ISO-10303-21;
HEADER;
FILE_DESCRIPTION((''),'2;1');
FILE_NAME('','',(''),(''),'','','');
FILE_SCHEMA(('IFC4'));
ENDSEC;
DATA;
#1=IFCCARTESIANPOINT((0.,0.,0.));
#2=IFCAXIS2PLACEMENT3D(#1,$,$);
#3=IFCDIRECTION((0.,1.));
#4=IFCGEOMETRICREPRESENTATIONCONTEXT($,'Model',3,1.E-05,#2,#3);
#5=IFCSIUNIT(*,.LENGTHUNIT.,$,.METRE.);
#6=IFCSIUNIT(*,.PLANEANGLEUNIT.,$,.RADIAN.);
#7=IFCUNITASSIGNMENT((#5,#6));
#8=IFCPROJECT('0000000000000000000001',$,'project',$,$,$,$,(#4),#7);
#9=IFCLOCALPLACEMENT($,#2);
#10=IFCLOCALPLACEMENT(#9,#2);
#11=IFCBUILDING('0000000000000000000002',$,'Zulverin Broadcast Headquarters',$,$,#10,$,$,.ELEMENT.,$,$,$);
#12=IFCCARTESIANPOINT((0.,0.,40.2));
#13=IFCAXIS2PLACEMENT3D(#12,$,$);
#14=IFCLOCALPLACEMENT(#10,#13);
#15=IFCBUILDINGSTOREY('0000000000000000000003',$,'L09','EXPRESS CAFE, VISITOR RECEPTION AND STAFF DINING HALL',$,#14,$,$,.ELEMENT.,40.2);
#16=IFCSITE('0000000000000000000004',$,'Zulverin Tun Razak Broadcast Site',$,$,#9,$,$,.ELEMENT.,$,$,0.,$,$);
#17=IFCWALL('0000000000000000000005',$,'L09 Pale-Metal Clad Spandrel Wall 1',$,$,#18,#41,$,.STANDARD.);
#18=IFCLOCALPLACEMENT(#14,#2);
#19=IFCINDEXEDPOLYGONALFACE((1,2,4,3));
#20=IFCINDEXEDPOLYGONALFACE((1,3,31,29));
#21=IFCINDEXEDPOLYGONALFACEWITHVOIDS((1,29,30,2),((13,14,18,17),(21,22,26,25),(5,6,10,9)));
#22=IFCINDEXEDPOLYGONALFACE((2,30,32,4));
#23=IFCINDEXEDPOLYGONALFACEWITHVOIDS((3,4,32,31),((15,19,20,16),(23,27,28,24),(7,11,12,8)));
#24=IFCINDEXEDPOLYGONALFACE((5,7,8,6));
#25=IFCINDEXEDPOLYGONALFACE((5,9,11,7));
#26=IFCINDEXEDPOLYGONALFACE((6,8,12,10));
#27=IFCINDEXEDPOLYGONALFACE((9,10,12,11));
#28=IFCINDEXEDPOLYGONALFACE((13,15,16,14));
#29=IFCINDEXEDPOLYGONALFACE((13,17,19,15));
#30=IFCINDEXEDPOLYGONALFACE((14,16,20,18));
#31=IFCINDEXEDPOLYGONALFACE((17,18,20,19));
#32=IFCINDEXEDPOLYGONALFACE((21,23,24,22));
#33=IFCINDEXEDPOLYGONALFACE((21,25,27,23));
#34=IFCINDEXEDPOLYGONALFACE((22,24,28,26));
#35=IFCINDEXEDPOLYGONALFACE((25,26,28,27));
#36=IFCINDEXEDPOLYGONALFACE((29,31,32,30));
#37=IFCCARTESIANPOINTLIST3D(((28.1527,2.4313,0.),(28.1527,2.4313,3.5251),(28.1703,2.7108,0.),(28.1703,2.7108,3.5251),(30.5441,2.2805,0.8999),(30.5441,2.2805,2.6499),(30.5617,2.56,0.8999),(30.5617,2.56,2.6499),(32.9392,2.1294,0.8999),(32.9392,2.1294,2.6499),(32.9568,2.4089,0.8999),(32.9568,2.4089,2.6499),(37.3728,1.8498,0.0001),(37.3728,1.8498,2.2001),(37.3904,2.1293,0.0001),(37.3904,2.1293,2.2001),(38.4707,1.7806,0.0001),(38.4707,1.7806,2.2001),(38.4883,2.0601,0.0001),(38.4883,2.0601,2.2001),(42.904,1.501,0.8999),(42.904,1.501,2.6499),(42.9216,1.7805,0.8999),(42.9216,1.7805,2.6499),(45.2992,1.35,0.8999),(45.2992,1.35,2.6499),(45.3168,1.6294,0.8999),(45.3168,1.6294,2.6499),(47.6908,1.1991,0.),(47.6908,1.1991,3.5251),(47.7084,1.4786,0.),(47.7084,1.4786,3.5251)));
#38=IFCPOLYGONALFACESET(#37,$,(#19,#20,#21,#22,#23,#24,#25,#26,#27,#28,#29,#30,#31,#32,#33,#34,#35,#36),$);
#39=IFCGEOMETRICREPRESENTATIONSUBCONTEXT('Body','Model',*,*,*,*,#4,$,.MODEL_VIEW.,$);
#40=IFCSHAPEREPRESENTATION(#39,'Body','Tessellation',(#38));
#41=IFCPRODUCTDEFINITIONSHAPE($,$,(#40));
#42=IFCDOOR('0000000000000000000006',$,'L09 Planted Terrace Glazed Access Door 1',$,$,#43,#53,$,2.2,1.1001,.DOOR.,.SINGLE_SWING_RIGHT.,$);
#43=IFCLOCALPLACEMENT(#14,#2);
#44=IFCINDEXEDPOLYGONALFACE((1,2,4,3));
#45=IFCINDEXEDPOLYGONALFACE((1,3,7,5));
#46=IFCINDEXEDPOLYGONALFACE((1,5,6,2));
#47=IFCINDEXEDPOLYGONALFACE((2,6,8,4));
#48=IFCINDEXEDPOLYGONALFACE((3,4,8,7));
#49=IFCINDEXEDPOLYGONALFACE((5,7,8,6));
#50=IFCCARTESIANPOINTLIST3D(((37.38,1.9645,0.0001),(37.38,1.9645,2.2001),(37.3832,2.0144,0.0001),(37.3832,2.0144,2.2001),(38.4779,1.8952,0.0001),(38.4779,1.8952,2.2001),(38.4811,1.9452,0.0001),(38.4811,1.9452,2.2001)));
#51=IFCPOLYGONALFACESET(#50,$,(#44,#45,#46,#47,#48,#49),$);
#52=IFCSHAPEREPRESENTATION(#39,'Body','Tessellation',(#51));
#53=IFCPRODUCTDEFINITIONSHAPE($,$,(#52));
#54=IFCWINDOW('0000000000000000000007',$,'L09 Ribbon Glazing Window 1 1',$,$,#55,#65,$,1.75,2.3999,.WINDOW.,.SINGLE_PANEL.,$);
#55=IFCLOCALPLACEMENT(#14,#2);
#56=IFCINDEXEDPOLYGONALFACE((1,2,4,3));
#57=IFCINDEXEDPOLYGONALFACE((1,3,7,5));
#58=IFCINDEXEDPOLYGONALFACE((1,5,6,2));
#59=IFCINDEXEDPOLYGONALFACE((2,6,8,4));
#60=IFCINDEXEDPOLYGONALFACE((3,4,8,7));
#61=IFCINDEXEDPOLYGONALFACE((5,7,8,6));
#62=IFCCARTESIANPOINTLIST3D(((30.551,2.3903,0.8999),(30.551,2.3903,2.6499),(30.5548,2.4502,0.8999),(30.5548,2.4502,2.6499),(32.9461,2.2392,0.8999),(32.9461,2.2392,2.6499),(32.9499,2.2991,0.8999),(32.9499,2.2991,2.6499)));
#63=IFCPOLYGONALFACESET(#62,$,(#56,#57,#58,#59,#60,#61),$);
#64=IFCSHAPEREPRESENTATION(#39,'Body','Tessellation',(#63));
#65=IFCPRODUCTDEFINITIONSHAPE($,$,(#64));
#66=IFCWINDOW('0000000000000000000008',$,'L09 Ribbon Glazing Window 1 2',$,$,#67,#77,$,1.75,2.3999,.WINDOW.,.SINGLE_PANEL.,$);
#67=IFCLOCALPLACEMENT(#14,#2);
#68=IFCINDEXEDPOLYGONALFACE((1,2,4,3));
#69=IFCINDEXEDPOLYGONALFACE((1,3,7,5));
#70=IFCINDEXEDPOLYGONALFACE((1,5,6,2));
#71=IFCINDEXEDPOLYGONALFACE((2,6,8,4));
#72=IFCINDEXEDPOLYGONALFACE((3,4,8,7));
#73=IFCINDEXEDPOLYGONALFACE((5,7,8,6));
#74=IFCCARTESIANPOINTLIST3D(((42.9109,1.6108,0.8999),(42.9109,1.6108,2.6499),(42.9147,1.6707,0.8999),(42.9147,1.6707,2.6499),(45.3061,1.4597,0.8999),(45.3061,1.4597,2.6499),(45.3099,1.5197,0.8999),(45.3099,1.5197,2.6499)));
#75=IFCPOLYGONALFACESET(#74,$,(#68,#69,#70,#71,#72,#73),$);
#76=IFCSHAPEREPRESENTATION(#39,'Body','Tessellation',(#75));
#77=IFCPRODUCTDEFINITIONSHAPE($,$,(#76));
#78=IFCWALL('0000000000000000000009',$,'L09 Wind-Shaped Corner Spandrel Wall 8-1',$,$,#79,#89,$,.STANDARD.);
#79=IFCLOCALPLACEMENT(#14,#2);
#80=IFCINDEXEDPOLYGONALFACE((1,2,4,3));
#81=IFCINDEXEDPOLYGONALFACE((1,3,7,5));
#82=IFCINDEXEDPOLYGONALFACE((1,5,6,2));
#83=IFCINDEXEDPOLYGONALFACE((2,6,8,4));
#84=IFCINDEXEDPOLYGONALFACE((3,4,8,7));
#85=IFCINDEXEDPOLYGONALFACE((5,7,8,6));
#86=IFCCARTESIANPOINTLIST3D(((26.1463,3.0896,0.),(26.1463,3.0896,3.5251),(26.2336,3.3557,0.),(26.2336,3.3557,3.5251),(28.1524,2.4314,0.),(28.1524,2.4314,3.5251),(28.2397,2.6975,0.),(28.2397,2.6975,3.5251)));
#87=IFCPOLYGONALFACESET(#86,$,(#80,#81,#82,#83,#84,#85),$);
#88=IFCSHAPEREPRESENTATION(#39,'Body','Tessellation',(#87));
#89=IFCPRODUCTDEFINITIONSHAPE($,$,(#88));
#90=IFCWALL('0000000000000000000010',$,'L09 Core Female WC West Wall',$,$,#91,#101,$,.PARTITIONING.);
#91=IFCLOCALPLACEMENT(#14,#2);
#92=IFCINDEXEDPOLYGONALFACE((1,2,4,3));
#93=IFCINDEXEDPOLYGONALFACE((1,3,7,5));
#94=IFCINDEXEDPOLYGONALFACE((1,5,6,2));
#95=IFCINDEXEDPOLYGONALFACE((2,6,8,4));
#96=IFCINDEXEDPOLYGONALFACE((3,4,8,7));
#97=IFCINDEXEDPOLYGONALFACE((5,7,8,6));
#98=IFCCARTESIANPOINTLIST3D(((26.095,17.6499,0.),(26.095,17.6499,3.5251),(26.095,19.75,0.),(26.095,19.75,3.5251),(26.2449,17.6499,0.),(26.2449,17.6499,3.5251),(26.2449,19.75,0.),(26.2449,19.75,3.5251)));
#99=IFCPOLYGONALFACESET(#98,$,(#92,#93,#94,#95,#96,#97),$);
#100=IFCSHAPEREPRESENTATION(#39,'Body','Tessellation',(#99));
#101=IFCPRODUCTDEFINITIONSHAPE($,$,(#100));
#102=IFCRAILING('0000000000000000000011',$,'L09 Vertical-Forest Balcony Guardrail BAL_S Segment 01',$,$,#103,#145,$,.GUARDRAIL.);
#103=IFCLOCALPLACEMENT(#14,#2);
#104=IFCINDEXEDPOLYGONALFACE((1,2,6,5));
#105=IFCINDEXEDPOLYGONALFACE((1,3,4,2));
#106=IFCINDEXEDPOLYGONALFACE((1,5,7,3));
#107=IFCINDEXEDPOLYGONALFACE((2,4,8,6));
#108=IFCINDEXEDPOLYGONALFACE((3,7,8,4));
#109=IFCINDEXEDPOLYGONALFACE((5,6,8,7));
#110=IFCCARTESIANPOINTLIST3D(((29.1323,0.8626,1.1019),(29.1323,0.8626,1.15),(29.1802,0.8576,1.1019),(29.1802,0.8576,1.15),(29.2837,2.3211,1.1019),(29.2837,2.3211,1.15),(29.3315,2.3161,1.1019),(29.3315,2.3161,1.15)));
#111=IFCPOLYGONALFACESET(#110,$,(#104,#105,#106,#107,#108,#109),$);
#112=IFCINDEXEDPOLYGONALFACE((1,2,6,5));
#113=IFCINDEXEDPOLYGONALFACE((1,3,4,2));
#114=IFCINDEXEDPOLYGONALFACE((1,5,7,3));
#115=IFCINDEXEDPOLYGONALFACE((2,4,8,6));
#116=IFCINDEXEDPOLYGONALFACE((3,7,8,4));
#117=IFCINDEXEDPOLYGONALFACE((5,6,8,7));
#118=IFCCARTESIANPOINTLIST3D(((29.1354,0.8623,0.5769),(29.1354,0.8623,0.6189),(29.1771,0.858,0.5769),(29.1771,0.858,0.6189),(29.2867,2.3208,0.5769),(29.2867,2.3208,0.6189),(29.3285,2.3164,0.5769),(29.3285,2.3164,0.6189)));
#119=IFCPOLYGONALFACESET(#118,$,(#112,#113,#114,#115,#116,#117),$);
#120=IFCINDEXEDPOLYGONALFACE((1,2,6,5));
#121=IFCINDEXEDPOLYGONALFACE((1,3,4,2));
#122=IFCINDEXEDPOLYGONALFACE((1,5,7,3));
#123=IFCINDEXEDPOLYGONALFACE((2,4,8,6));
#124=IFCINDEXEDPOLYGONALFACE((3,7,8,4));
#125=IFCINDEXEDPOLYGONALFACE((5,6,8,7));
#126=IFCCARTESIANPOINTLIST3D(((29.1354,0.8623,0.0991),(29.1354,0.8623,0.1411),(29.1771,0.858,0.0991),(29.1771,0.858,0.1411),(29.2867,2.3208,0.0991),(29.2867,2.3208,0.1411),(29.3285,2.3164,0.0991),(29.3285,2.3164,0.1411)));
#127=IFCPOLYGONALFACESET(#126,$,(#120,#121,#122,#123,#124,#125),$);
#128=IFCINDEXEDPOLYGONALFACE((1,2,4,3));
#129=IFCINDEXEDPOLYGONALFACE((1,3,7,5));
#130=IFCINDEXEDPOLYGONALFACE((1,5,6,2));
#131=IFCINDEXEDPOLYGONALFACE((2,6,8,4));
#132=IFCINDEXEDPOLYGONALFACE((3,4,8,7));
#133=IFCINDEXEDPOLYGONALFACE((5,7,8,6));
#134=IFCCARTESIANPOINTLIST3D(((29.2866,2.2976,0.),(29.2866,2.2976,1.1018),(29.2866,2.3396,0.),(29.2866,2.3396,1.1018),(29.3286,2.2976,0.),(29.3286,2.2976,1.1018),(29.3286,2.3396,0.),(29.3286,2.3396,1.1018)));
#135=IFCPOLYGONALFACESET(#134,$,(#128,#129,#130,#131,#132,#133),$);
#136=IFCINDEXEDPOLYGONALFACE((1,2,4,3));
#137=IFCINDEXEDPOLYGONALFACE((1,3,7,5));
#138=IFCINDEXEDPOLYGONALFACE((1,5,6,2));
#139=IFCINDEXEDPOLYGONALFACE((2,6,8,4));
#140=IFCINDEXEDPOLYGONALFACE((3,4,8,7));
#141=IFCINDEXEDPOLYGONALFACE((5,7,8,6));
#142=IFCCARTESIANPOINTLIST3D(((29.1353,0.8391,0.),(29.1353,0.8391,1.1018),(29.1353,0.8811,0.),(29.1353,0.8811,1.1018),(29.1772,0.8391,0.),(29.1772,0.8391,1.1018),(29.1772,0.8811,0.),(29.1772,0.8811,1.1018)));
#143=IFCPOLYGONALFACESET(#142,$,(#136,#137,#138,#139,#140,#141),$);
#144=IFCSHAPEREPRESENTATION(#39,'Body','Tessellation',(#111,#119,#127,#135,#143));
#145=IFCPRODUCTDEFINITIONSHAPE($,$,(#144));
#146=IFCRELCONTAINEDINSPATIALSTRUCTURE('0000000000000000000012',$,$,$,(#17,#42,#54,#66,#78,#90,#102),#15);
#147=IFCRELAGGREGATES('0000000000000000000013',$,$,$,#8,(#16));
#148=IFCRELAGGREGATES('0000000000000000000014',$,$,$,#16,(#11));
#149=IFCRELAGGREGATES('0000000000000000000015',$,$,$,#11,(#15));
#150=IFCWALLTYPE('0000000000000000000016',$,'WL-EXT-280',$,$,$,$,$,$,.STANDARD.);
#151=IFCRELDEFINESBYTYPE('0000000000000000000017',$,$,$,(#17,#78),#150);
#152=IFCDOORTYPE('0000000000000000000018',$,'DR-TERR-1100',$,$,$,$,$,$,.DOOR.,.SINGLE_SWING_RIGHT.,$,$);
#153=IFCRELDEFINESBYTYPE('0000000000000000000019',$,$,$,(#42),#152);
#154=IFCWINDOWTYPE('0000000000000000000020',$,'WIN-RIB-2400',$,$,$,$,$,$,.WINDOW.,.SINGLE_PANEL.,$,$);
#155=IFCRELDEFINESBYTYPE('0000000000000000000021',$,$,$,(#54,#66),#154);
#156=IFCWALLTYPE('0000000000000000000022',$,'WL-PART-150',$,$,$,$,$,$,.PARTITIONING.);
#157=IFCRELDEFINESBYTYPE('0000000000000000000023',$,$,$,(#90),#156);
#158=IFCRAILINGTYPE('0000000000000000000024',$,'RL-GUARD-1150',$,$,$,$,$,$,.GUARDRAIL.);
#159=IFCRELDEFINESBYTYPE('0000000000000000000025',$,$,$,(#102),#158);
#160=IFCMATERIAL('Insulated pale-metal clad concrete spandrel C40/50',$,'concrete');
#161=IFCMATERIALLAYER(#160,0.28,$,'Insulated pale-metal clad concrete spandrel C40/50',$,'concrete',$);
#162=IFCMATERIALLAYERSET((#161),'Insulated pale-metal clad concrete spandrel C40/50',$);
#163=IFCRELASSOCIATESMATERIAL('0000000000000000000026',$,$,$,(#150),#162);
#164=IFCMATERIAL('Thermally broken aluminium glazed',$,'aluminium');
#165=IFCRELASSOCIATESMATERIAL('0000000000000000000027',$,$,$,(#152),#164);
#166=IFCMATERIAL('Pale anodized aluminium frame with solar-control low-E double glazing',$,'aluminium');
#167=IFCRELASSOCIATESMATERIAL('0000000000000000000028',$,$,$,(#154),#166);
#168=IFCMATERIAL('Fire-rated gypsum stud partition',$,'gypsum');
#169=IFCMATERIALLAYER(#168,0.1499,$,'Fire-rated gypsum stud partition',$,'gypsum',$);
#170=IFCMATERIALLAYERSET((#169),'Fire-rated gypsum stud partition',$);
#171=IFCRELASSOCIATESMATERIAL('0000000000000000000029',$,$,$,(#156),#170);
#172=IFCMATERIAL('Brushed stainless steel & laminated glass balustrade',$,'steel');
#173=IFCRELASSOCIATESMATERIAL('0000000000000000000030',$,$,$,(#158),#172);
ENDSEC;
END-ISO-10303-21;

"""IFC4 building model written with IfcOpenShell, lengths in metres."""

from ifc_helpers import new_model, si_unit, direction, frame, frame_2d, origin, origin_2d, place, context, subcontext, project, spatial, rectangle, extrude, material, layer, layer_set, type_object, element, fill, save


model = new_model("IFC4")

# Units and contexts
model_context = context("Model", 3, precision=1e-05, world=origin(), true_north=direction((0.0, 1.0)))
body_context = subcontext(model_context, "Body", "Model", "MODEL_VIEW")
ifc_project = project(units=[si_unit("LENGTHUNIT", "METRE"), si_unit("PLANEANGLEUNIT", "RADIAN")], contexts=[model_context])

# Site, building, storey
site_placement = place(None, origin())
site = spatial("IfcSite", under=ifc_project, at=site_placement, Name="Zulverin Tun Razak Broadcast Site", CompositionType="ELEMENT", RefElevation=0.0)
building_placement = place(site_placement, origin())
building = spatial("IfcBuilding", under=site, at=building_placement, Name="Zulverin Broadcast Headquarters", CompositionType="ELEMENT")
storey_placement = place(building_placement, frame((0.0, 0.0, 40.2)))
storey = spatial("IfcBuildingStorey", under=building, at=storey_placement, Name="L09", Description="EXPRESS CAFE, VISITOR RECEPTION AND STAFF DINING HALL", CompositionType="ELEMENT", Elevation=40.2)

# Wall, openings, door, windows
ifc_material_1 = material(Name="Insulated pale-metal clad concrete spandrel C40/50", Category="concrete")
ifc_layer_1 = layer(ifc_material_1, 0.28, Name="Insulated pale-metal clad concrete spandrel C40/50", Category="concrete")
ifc_layer_set_1 = layer_set([ifc_layer_1], Name="Insulated pale-metal clad concrete spandrel C40/50")
wall_type_1 = type_object("IfcWallType", Name="WL-EXT-280", PredefinedType="STANDARD", material=ifc_layer_set_1)
wall_1_placement = place(storey_placement, frame((28.1614, 2.571, 0.0), z_axis=(0.0, 0.0, 1.0), x_axis=(0.998017, -0.06294, 0.0)))
wall_1 = element("IfcWall", 1, at=wall_1_placement, inside=storey, type_object=wall_type_1, Name="L09 Pale-Metal Clad Spandrel Wall 1", PredefinedType="STANDARD", context=body_context, shape_type="SweptSolid", body=[
    extrude(rectangle(XDim=19.5769, YDim=0.28, at=frame_2d((9.7886, 0.0))), origin(), (0.0, 0.0, 1.0), 3.5251),
])
opening_1_placement = place(wall_1_placement, frame((9.2385, 0.0, 0.0)))
opening_1 = element("IfcOpeningElement", 2, at=opening_1_placement, cuts=wall_1, PredefinedType="OPENING", context=body_context, shape_type="SweptSolid", body=[
    extrude(rectangle(XDim=1.1001, YDim=2.2, at=frame_2d((0.55, 1.1001))), frame((0.0, 0.1499, 0.0), z_axis=(0.0, -1.0, 0.0), x_axis=(1.0, 0.0, 0.0)), (0.0, 0.0, 1.0), 0.3),
])
opening_2_placement = place(wall_1_placement, frame((2.3962, 0.0, 0.8999)))
opening_2 = element("IfcOpeningElement", 3, at=opening_2_placement, cuts=wall_1, PredefinedType="OPENING", context=body_context, shape_type="SweptSolid", body=[
    extrude(rectangle(XDim=2.3999, YDim=1.75, at=frame_2d((1.2, 0.875))), frame((0.0, 0.1499, 0.0), z_axis=(0.0, -1.0, 0.0), x_axis=(1.0, 0.0, 0.0)), (0.0, 0.0, 1.0), 0.3),
])
opening_3_placement = place(wall_1_placement, frame((14.7808, 0.0, 0.8999)))
opening_3 = element("IfcOpeningElement", 4, at=opening_3_placement, cuts=wall_1, PredefinedType="OPENING", context=body_context, shape_type="SweptSolid", body=[
    extrude(rectangle(XDim=2.3999, YDim=1.75, at=frame_2d((1.2, 0.875))), frame((0.0, 0.1499, 0.0), z_axis=(0.0, -1.0, 0.0), x_axis=(1.0, 0.0, 0.0)), (0.0, 0.0, 1.0), 0.3),
])
ifc_material_2 = material(Name="Thermally broken aluminium glazed", Category="aluminium")
door_type = type_object("IfcDoorType", Name="DR-TERR-1100", OperationType="SINGLE_SWING_RIGHT", PredefinedType="DOOR", material=ifc_material_2)
door_placement = place(opening_1_placement, origin())
door = element("IfcDoor", 5, at=door_placement, inside=storey, type_object=door_type, Name="L09 Planted Terrace Glazed Access Door 1", OperationType="SINGLE_SWING_RIGHT", OverallHeight=2.2, OverallWidth=1.1001, PredefinedType="DOOR", context=body_context, shape_type="SweptSolid", body=[
    extrude(rectangle(XDim=1.1001, YDim=2.2, at=frame_2d((0.55, 1.1001))), frame((0.0, 0.0249, 0.0), z_axis=(0.0, -1.0, 0.0), x_axis=(1.0, 0.0, 0.0)), (0.0, 0.0, 1.0), 0.05),
])
fill(opening_1, door)
ifc_material_3 = material(Name="Pale anodized aluminium frame with solar-control low-E double glazing", Category="aluminium")
window_type = type_object("IfcWindowType", Name="WIN-RIB-2400", PartitioningType="SINGLE_PANEL", PredefinedType="WINDOW", material=ifc_material_3)
window_1_placement = place(opening_2_placement, origin())
window_1 = element("IfcWindow", 6, at=window_1_placement, inside=storey, type_object=window_type, Name="L09 Ribbon Glazing Window 1 1", OverallHeight=1.75, OverallWidth=2.3999, PartitioningType="SINGLE_PANEL", PredefinedType="WINDOW", context=body_context, shape_type="SweptSolid", body=[
    extrude(rectangle(XDim=2.3999, YDim=1.75, at=frame_2d((1.2, 0.875))), frame((0.0, 0.03, 0.0), z_axis=(0.0, -1.0, 0.0), x_axis=(1.0, 0.0, 0.0)), (0.0, 0.0, 1.0), 0.0601),
])
fill(opening_2, window_1)
window_2_placement = place(opening_3_placement, origin())
window_2 = element("IfcWindow", 7, at=window_2_placement, inside=storey, type_object=window_type, Name="L09 Ribbon Glazing Window 1 2", OverallHeight=1.75, OverallWidth=2.3999, PartitioningType="SINGLE_PANEL", PredefinedType="WINDOW", context=body_context, shape_type="SweptSolid", body=[
    extrude(rectangle(XDim=2.3999, YDim=1.75, at=frame_2d((1.2, 0.875))), frame((0.0, 0.03, 0.0), z_axis=(0.0, -1.0, 0.0), x_axis=(1.0, 0.0, 0.0)), (0.0, 0.0, 1.0), 0.0601),
])
fill(opening_3, window_2)

# Walls
wall_2_placement = place(storey_placement, frame((26.1899, 3.2227, 0.0), z_axis=(0.0, 0.0, 1.0), x_axis=(0.950164, -0.311749, 0.0)))
element("IfcWall", 8, at=wall_2_placement, inside=storey, type_object=wall_type_1, Name="L09 Wind-Shaped Corner Spandrel Wall 8-1", PredefinedType="STANDARD", context=body_context, shape_type="SweptSolid", body=[
    extrude(rectangle(XDim=2.1113, YDim=0.28, at=frame_2d((1.0557, 0.0))), origin(), (0.0, 0.0, 1.0), 3.5251),
])
ifc_material_4 = material(Name="Fire-rated gypsum stud partition", Category="gypsum")
ifc_layer_2 = layer(ifc_material_4, 0.1499, Name="Fire-rated gypsum stud partition", Category="gypsum")
ifc_layer_set_2 = layer_set([ifc_layer_2], Name="Fire-rated gypsum stud partition")
wall_type_2 = type_object("IfcWallType", Name="WL-PART-150", PredefinedType="PARTITIONING", material=ifc_layer_set_2)
wall_3_placement = place(storey_placement, frame((26.1699, 17.6499, 0.0), z_axis=(0.0, 0.0, 1.0), x_axis=(0.0, 1.0, 0.0)))
element("IfcWall", 9, at=wall_3_placement, inside=storey, type_object=wall_type_2, Name="L09 Core Female WC West Wall", PredefinedType="PARTITIONING", context=body_context, shape_type="SweptSolid", body=[
    extrude(rectangle(XDim=2.1001, YDim=0.1499, at=frame_2d((1.05, 0.0))), origin(), (0.0, 0.0, 1.0), 3.5251),
])

# Railing
ifc_material_5 = material(Name="Brushed stainless steel & laminated glass balustrade", Category="steel")
railing_type = type_object("IfcRailingType", Name="RL-GUARD-1150", PredefinedType="GUARDRAIL", material=ifc_material_5)
railing_1_placement = place(storey_placement, frame((29.3076, 2.3186, 0.0)))
element("IfcRailing", 10, at=railing_1_placement, inside=storey, type_object=railing_type, Name="L09 Vertical-Forest Balcony Guardrail BAL_S Segment 01", PredefinedType="GUARDRAIL", context=body_context, shape_type="SweptSolid", body=[
    extrude(rectangle(XDim=0.0481, YDim=0.0481, at=origin_2d()), frame((0.0, 0.0, 1.126), z_axis=(-0.103229, -0.994658, 0.0), x_axis=(0.994658, -0.103229, 0.0)), (0.0, 0.0, 1.0), 1.4663),
    extrude(rectangle(XDim=0.042, YDim=0.042, at=origin_2d()), frame((0.0, 0.0, 0.5979), z_axis=(-0.103229, -0.994658, 0.0), x_axis=(0.994658, -0.103229, 0.0)), (0.0, 0.0, 1.0), 1.4663),
    extrude(rectangle(XDim=0.042, YDim=0.042, at=origin_2d()), frame((0.0, 0.0, 0.1201), z_axis=(-0.103229, -0.994658, 0.0), x_axis=(0.994658, -0.103229, 0.0)), (0.0, 0.0, 1.0), 1.4663),
    extrude(rectangle(XDim=0.042, YDim=0.042, at=origin_2d()), origin(), (0.0, 0.0, 1.0), 1.1018),
    extrude(rectangle(XDim=0.042, YDim=0.042, at=origin_2d()), frame((-0.1514, -1.4585, 0.0)), (0.0, 0.0, 1.0), 1.1018),
])

save(model, "model.ifc")
